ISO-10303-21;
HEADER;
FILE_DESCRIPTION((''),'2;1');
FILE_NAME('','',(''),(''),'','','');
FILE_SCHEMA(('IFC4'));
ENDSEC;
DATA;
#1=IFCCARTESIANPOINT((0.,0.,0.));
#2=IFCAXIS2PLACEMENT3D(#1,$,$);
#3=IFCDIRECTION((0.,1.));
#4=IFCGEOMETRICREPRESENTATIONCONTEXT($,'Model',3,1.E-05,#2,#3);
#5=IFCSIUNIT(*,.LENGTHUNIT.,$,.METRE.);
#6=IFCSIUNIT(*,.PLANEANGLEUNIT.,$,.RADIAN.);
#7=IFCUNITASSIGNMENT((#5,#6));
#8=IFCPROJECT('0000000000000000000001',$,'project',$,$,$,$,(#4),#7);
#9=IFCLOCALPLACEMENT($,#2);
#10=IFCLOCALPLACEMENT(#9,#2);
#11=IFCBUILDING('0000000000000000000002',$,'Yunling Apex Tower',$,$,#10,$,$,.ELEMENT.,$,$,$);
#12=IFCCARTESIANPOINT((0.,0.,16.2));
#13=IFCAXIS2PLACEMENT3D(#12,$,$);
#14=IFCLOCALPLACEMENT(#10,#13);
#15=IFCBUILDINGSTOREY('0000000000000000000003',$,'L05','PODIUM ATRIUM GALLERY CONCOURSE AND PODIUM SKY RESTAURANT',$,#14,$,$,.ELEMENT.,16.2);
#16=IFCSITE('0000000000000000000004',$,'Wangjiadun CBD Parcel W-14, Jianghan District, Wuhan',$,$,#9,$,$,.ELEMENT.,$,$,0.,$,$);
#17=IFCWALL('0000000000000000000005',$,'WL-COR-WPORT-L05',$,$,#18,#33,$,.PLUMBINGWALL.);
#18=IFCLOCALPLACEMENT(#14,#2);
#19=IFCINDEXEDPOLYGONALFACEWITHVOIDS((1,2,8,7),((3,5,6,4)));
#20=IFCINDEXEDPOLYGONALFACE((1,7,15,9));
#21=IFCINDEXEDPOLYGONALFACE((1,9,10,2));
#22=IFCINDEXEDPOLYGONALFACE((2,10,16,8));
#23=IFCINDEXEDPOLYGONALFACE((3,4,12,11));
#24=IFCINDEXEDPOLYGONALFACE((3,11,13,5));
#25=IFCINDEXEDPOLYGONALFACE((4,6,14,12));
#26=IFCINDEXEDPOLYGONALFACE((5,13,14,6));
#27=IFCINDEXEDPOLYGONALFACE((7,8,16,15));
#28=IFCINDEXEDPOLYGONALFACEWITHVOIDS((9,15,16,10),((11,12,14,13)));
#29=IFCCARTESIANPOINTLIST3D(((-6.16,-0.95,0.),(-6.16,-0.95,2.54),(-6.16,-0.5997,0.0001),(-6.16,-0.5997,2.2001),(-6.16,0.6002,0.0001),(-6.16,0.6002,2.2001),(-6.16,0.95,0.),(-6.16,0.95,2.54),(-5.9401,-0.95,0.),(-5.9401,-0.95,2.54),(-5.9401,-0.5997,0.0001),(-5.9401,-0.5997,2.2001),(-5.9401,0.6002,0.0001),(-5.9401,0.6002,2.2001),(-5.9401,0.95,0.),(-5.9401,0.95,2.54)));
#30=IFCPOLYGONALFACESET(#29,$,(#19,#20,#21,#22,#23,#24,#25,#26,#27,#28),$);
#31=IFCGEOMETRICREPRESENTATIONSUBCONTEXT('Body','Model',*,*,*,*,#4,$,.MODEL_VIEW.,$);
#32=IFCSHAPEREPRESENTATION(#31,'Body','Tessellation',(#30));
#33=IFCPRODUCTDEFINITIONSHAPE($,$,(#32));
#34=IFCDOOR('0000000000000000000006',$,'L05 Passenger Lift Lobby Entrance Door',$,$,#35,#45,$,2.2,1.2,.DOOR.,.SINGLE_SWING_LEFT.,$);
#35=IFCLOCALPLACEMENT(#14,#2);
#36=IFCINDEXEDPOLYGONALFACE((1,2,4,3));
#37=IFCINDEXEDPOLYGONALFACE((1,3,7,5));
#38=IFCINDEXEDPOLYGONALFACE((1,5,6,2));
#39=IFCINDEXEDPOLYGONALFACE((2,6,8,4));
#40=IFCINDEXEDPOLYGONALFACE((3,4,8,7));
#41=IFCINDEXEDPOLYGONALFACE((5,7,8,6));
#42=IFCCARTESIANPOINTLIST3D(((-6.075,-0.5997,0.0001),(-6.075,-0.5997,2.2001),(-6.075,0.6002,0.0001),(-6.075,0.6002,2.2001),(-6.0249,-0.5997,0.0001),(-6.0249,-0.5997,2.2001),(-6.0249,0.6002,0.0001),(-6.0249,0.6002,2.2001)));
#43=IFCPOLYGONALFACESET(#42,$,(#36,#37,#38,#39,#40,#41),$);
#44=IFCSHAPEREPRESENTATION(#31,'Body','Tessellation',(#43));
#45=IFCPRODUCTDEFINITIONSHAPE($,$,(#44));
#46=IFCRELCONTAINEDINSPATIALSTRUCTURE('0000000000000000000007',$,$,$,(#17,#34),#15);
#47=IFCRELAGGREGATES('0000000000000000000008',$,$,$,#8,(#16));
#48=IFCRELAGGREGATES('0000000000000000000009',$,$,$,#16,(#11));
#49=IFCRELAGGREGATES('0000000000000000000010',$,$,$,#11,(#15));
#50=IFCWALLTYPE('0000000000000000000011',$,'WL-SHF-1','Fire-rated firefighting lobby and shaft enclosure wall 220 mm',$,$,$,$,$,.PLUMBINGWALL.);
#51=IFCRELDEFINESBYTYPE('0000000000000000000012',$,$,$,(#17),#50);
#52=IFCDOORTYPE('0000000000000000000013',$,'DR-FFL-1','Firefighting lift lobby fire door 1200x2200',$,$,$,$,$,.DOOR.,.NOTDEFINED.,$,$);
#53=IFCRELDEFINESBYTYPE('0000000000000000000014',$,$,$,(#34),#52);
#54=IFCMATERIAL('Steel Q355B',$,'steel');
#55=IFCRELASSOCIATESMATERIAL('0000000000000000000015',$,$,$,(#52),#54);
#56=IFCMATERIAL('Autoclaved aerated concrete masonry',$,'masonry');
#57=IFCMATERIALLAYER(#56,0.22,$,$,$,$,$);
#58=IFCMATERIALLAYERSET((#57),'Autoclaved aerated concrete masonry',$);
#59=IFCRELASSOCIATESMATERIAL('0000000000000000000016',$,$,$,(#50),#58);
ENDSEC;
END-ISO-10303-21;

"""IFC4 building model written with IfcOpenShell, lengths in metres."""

from ifc_helpers import new_model, si_unit, direction, frame, frame_2d, origin, place, context, subcontext, project, spatial, rectangle, extrude, material, layer, layer_set, type_object, element, fill, save


model = new_model("IFC4")

# Units and contexts
model_context = context("Model", 3, precision=1e-05, world=origin(), true_north=direction((0.0, 1.0)))
body_context = subcontext(model_context, "Body", "Model", "MODEL_VIEW")
ifc_project = project(units=[si_unit("LENGTHUNIT", "METRE"), si_unit("PLANEANGLEUNIT", "RADIAN")], contexts=[model_context])

# Site, building, storey
site_placement = place(None, origin())
site = spatial("IfcSite", under=ifc_project, at=site_placement, Name="Wangjiadun CBD Parcel W-14, Jianghan District, Wuhan", CompositionType="ELEMENT", RefElevation=0.0)
building_placement = place(site_placement, origin())
building = spatial("IfcBuilding", under=site, at=building_placement, Name="Yunling Apex Tower", CompositionType="ELEMENT")
storey_placement = place(building_placement, frame((0.0, 0.0, 16.2)))
storey = spatial("IfcBuildingStorey", under=building, at=storey_placement, Name="L05", Description="PODIUM ATRIUM GALLERY CONCOURSE AND PODIUM SKY RESTAURANT", CompositionType="ELEMENT", Elevation=16.2)

# Shared definitions
ifc_material_1 = material(Name="Steel Q355B", Category="steel")

# Shared definitions
door_type = type_object("IfcDoorType", Name="DR-FFL-1", Description="Firefighting lift lobby fire door 1200x2200", OperationType="NOTDEFINED", PredefinedType="DOOR", material=ifc_material_1)

# Wall, opening, door
ifc_material_2 = material(Name="Autoclaved aerated concrete masonry", Category="masonry")
ifc_layer_1 = layer(ifc_material_2, 0.22)
ifc_layer_set_1 = layer_set([ifc_layer_1], Name="Autoclaved aerated concrete masonry")
wall_type_1 = type_object("IfcWallType", Name="WL-SHF-1", Description="Fire-rated firefighting lobby and shaft enclosure wall 220 mm", PredefinedType="PLUMBINGWALL", material=ifc_layer_set_1)
wall_1_placement = place(storey_placement, frame((-6.05, -0.95, 0.0), z_axis=(0.0, 0.0, 1.0), x_axis=(0.0, 1.0, 0.0)))
wall_1 = element("IfcWall", 1, at=wall_1_placement, inside=storey, type_object=wall_type_1, Name="WL-COR-WPORT-L05", PredefinedType="PLUMBINGWALL", context=body_context, shape_type="SweptSolid", body=[
    extrude(rectangle(XDim=1.8999, YDim=0.22, at=frame_2d((0.95, 0.0))), origin(), (0.0, 0.0, 1.0), 2.54),
])
opening_1_placement = place(wall_1_placement, frame((0.3501, 0.0, 0.0)))
opening_1 = element("IfcOpeningElement", 2, at=opening_1_placement, cuts=wall_1, PredefinedType="OPENING", context=body_context, shape_type="SweptSolid", body=[
    extrude(rectangle(XDim=1.2, YDim=2.2, at=frame_2d((0.6001, 1.1001))), frame((0.0, 0.1201, 0.0), z_axis=(0.0, -1.0, 0.0), x_axis=(1.0, 0.0, 0.0)), (0.0, 0.0, 1.0), 0.24),
])
door_1_placement = place(opening_1_placement, origin())
door_1 = element("IfcDoor", 3, at=door_1_placement, inside=storey, type_object=door_type, Name="L05 Passenger Lift Lobby Entrance Door", OperationType="SINGLE_SWING_LEFT", OverallHeight=2.2, OverallWidth=1.2, PredefinedType="DOOR", context=body_context, shape_type="SweptSolid", body=[
    extrude(rectangle(XDim=1.2, YDim=2.2, at=frame_2d((0.6001, 1.1001))), frame((0.0, 0.0249, 0.0), z_axis=(0.0, -1.0, 0.0), x_axis=(1.0, 0.0, 0.0)), (0.0, 0.0, 1.0), 0.05),
])
fill(opening_1, door_1)

save(model, "model.ifc")
